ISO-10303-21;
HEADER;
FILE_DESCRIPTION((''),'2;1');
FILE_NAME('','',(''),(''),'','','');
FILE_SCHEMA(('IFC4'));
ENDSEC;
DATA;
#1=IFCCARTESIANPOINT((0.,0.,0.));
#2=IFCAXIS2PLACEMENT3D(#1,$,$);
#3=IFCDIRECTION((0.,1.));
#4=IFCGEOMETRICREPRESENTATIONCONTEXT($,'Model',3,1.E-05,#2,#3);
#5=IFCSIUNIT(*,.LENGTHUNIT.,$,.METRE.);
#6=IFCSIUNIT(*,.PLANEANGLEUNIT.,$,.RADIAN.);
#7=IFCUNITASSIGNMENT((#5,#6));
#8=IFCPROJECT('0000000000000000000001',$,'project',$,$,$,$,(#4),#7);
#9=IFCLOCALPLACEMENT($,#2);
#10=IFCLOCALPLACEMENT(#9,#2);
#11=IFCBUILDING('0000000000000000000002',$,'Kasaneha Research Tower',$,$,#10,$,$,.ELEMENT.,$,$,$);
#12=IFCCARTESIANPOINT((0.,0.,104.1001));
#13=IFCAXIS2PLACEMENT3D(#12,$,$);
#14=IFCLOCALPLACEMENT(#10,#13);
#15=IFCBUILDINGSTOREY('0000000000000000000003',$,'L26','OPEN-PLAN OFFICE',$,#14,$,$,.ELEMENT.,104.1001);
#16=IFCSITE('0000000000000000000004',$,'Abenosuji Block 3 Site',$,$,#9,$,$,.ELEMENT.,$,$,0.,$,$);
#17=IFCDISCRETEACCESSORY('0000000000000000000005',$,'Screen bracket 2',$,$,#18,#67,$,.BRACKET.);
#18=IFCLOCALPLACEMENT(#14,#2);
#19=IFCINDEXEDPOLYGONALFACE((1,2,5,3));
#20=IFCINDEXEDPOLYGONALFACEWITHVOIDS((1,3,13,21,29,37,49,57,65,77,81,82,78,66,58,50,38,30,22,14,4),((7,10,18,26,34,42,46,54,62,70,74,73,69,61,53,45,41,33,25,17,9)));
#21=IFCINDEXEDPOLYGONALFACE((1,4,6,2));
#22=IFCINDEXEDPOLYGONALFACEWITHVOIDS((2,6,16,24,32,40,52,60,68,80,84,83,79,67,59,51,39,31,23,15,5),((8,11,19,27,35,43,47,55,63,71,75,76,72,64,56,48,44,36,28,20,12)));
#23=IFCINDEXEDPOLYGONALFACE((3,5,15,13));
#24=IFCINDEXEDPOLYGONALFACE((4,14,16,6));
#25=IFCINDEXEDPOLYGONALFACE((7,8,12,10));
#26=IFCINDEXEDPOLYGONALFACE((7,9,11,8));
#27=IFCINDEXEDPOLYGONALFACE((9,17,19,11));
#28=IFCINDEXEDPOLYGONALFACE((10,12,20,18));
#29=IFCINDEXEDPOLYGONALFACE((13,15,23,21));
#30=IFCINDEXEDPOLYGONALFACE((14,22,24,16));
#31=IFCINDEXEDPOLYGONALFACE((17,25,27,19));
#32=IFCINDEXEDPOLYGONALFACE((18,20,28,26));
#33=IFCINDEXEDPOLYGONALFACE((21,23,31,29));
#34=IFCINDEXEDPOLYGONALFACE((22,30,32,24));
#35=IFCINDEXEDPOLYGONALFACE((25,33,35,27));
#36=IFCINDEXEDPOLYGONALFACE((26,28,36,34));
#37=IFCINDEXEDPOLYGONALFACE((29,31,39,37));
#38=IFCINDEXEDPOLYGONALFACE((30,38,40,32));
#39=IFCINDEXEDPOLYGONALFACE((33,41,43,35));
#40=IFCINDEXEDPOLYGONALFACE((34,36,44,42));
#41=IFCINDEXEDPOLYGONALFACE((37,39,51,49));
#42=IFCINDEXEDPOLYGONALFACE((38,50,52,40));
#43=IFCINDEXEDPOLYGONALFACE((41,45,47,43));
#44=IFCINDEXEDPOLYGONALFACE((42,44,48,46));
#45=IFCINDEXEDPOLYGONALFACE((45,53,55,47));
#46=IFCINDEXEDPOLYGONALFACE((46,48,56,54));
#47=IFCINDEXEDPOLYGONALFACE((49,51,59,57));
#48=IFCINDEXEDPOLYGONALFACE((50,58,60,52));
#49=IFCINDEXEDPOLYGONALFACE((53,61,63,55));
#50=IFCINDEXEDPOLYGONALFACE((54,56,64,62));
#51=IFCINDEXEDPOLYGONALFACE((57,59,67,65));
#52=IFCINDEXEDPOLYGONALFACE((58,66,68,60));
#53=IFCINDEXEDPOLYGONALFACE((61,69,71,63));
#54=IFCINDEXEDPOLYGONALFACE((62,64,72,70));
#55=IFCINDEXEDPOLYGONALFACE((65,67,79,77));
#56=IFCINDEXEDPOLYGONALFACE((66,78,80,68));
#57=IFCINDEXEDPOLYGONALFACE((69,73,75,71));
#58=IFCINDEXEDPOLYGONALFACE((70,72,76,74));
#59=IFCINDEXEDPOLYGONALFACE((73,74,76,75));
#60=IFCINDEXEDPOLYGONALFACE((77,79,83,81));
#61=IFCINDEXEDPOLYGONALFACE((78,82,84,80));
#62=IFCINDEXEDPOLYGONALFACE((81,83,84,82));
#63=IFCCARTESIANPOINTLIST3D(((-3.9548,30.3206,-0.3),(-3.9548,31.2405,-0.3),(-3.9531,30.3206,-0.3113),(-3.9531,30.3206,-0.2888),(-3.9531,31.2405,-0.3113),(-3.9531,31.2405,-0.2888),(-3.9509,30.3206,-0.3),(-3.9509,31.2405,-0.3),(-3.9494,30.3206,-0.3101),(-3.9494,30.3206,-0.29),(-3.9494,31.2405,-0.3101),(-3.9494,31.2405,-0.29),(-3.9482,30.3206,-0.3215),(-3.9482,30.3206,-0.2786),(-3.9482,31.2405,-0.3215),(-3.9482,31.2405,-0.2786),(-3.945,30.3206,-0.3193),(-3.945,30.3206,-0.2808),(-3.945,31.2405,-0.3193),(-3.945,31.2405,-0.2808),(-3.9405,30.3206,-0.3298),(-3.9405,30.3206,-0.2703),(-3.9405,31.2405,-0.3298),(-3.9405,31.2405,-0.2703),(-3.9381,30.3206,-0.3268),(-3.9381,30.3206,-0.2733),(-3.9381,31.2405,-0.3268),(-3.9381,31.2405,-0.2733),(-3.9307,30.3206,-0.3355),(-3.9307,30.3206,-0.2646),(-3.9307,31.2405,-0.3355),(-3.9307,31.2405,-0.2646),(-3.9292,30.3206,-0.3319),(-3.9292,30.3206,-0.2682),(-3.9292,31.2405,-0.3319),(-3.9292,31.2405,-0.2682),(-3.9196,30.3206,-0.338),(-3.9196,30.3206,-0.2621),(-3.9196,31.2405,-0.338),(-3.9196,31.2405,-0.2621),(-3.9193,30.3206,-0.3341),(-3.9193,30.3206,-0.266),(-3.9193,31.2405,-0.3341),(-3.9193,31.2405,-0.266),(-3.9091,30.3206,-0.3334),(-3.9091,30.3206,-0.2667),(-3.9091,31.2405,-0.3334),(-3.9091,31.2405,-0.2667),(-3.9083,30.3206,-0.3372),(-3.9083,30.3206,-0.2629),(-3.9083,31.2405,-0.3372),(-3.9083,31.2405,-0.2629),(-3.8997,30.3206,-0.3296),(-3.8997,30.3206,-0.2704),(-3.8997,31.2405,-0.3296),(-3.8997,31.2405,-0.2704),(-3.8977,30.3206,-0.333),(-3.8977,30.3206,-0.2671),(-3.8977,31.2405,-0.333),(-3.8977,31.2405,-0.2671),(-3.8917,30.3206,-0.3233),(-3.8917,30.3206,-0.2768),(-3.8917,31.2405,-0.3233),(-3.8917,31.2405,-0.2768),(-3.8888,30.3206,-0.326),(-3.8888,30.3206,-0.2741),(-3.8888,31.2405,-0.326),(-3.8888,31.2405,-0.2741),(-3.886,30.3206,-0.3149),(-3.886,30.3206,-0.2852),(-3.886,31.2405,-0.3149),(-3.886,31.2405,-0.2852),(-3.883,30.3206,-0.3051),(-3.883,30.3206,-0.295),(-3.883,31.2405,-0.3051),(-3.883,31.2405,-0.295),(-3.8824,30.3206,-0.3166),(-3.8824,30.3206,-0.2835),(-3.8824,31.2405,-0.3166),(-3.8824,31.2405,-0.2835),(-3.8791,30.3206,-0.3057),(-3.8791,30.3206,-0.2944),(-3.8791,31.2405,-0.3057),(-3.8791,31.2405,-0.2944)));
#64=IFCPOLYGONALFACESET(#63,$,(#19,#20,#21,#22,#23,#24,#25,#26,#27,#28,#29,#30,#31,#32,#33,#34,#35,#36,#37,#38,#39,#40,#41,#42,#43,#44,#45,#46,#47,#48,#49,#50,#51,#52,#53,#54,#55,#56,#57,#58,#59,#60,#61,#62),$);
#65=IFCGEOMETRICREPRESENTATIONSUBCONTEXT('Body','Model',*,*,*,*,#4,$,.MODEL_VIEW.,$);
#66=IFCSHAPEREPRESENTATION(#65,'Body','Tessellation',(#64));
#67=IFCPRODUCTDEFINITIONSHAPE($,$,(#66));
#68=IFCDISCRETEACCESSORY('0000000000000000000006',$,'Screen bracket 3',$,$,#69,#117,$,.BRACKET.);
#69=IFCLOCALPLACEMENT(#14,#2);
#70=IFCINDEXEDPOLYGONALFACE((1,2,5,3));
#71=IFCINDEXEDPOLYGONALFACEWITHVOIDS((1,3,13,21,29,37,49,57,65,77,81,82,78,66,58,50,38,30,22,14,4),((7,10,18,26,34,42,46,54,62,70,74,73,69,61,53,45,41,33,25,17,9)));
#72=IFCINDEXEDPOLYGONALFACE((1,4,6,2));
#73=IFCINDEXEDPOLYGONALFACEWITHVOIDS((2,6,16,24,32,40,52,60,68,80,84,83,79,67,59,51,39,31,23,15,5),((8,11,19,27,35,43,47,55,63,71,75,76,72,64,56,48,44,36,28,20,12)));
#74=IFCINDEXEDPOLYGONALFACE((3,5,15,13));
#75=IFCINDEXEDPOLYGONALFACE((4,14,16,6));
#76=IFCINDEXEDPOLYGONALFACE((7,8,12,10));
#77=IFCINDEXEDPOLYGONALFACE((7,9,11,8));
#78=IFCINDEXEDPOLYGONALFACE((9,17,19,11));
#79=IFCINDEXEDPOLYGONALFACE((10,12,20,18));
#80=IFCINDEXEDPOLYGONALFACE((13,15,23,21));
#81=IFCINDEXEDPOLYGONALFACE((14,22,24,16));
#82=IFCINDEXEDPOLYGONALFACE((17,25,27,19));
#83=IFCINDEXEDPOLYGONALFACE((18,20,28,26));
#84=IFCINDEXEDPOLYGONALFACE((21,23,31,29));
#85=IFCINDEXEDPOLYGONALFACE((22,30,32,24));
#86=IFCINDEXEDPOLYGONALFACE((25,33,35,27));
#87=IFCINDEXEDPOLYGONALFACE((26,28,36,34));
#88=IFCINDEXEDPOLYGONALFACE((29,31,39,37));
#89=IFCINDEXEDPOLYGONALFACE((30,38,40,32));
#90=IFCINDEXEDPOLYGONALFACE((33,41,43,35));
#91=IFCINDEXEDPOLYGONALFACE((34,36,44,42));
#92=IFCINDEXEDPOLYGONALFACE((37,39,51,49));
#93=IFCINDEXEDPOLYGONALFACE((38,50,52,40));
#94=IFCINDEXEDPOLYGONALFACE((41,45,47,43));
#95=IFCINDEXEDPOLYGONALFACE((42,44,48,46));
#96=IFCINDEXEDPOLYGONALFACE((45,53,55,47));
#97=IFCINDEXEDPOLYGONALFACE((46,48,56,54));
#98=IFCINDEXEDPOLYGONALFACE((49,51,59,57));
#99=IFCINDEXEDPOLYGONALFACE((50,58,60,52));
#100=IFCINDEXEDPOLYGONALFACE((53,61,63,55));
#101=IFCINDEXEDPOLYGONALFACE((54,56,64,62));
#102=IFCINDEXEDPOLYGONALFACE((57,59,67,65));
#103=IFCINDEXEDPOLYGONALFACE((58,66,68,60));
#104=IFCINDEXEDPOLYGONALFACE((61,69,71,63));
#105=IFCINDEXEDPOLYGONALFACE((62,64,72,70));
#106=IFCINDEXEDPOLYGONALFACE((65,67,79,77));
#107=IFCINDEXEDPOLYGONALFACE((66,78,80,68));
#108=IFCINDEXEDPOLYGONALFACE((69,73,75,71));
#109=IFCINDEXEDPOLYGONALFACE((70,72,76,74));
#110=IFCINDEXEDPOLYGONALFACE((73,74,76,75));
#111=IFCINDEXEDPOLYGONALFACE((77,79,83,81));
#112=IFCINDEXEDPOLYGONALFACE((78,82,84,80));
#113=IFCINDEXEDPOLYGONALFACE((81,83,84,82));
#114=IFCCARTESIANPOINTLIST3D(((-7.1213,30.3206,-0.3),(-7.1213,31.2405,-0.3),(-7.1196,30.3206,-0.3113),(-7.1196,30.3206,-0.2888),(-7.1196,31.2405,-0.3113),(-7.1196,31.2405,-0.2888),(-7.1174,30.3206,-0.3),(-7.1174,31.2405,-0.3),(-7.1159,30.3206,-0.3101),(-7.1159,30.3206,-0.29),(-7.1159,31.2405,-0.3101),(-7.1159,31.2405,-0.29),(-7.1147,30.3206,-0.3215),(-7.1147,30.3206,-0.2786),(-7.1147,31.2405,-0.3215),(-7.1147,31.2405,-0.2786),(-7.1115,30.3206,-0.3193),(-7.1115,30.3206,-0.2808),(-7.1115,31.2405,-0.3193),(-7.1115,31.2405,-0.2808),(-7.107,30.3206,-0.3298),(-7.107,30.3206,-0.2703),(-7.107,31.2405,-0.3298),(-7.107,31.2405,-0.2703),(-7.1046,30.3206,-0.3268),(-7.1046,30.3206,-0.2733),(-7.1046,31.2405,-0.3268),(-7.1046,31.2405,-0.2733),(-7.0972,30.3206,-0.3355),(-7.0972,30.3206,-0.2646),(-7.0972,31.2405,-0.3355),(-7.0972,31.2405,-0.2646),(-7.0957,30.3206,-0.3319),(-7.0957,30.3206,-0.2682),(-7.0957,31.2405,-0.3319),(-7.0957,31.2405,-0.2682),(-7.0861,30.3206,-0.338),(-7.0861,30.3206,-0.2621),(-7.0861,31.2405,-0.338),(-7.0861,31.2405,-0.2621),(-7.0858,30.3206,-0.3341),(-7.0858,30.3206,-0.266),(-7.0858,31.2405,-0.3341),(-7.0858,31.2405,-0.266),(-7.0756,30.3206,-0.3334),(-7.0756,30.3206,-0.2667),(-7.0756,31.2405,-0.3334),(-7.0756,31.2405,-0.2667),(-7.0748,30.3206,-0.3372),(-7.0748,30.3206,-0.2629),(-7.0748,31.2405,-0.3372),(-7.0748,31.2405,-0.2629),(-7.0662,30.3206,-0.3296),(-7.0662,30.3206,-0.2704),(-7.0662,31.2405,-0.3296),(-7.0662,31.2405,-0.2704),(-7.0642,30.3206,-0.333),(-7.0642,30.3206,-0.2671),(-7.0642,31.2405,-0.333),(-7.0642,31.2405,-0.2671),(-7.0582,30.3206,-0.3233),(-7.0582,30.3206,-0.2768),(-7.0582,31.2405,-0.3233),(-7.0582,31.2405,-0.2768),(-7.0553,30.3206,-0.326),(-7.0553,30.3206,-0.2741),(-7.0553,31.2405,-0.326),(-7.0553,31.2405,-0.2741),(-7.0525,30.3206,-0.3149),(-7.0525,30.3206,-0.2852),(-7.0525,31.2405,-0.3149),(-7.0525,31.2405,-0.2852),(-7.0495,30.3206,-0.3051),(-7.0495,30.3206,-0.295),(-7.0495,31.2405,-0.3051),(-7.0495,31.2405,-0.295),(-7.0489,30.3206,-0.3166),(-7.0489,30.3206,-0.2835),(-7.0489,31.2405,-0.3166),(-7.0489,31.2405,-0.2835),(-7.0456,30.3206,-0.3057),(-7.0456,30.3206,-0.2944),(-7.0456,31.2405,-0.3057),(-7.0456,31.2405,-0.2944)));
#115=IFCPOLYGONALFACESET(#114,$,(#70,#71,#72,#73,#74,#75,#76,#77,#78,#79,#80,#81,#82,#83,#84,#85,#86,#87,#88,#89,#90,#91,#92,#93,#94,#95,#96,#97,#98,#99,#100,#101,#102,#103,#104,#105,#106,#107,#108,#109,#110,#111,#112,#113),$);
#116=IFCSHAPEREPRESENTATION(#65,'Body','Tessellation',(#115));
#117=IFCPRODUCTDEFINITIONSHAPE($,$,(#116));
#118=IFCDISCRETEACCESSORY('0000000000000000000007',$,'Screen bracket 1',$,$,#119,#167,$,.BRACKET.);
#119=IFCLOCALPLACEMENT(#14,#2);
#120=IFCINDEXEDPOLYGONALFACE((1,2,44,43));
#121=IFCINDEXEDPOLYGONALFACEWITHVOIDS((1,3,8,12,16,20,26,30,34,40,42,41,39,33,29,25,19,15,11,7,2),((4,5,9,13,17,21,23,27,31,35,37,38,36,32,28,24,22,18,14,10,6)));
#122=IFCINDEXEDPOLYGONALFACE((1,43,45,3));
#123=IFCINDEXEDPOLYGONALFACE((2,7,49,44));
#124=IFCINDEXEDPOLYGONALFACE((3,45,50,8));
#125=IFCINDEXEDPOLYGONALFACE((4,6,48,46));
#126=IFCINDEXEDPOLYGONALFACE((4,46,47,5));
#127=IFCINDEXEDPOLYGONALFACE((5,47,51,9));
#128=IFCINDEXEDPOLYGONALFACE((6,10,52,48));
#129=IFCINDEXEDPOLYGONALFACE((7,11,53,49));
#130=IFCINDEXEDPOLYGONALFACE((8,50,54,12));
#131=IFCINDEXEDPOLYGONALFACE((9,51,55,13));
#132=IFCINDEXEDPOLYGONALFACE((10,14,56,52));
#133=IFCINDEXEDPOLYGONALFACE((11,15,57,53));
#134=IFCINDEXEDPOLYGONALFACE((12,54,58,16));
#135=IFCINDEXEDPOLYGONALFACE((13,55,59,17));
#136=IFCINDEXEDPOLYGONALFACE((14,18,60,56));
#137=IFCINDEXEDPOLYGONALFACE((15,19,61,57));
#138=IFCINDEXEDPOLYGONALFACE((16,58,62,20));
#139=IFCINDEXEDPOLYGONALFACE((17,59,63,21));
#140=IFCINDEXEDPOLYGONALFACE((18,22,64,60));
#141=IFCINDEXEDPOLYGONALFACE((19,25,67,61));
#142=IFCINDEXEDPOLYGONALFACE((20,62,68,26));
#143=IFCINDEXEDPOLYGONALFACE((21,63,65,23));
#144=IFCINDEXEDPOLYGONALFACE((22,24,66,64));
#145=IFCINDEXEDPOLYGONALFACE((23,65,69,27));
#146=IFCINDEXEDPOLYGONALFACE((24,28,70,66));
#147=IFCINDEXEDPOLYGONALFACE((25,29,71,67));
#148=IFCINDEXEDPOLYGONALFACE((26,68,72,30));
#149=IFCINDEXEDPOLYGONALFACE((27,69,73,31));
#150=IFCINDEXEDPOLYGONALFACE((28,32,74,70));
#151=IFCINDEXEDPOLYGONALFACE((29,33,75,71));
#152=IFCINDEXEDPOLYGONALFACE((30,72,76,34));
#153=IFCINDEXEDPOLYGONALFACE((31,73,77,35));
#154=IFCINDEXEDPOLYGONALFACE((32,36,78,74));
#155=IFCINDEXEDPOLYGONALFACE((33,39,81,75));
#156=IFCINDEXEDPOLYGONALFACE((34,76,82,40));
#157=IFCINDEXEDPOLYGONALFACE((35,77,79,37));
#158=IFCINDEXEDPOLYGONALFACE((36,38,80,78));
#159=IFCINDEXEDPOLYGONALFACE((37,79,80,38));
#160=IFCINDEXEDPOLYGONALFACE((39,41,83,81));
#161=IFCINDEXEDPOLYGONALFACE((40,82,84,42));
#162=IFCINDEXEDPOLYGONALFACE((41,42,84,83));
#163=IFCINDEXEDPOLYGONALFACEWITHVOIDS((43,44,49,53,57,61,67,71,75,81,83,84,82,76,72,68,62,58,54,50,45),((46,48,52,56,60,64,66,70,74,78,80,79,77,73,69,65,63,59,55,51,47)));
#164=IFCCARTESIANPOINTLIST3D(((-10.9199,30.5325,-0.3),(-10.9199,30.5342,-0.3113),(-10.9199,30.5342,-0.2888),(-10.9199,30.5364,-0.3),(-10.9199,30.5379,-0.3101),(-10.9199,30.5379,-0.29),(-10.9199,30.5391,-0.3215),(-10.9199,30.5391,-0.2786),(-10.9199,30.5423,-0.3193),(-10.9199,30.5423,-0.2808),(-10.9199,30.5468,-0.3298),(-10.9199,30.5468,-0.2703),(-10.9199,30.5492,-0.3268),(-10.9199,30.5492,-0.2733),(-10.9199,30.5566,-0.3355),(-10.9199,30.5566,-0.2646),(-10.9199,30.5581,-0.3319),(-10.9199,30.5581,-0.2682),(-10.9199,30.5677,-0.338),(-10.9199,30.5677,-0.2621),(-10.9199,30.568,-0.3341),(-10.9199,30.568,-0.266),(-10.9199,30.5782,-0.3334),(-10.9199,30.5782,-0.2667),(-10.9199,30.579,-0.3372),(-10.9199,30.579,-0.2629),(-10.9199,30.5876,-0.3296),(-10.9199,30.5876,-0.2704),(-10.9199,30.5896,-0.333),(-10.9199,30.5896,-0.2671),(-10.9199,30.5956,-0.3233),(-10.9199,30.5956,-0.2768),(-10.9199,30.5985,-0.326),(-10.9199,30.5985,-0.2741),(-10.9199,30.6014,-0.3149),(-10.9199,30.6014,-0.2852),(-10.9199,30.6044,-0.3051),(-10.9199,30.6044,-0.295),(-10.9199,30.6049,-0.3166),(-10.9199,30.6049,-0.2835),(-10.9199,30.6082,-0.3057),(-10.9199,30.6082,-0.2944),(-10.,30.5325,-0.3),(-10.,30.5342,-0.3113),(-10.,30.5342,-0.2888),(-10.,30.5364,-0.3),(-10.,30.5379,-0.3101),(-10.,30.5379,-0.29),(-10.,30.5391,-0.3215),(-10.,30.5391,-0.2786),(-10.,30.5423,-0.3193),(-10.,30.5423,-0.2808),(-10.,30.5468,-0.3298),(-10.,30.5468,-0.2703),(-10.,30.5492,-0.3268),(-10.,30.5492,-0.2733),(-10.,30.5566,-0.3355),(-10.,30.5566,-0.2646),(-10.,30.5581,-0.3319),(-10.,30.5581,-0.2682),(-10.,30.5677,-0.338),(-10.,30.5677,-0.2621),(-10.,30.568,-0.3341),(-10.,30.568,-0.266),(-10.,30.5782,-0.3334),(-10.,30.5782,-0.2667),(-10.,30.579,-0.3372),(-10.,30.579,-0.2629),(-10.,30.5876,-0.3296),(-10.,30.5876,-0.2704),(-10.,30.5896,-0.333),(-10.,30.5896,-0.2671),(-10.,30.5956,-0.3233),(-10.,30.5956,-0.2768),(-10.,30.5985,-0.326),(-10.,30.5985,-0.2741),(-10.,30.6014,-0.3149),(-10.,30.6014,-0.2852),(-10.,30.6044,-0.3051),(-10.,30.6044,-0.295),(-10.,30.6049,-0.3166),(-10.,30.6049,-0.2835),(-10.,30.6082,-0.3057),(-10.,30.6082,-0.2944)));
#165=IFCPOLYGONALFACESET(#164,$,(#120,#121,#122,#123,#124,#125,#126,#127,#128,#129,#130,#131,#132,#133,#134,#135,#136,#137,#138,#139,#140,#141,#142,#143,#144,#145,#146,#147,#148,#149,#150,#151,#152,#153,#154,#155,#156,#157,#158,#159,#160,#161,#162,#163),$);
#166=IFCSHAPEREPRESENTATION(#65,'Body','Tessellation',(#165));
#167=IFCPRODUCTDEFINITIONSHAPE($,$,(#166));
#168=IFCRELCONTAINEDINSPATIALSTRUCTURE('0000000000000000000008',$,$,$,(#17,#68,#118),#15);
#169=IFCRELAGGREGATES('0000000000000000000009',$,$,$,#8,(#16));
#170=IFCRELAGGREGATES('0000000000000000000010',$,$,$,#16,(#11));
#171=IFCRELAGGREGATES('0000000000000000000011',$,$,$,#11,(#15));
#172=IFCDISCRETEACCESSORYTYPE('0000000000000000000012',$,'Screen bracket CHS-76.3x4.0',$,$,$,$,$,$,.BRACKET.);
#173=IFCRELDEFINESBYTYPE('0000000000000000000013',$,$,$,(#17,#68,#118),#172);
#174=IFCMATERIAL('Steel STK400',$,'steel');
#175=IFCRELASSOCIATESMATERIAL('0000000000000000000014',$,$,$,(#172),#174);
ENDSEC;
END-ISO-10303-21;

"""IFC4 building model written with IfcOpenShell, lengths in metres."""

from ifc_helpers import new_model, si_unit, direction, frame, origin, origin_2d, place, context, subcontext, project, spatial, hollow_circle, extrude, material, material_profile, profile_set, type_object, element, save


model = new_model("IFC4")

# Units and contexts
model_context = context("Model", 3, precision=1e-05, world=origin(), true_north=direction((0.0, 1.0)))
body_context = subcontext(model_context, "Body", "Model", "MODEL_VIEW")
ifc_project = project(units=[si_unit("LENGTHUNIT", "METRE"), si_unit("PLANEANGLEUNIT", "RADIAN")], contexts=[model_context])

# Site, building, storey
site_placement = place(None, origin())
site = spatial("IfcSite", under=ifc_project, at=site_placement, Name="Abenosuji Block 3 Site", CompositionType="ELEMENT", RefElevation=0.0)
building_placement = place(site_placement, origin())
building = spatial("IfcBuilding", under=site, at=building_placement, Name="Kasaneha Research Tower", CompositionType="ELEMENT")
storey_placement = place(building_placement, frame((0.0, 0.0, 104.1001)))
storey = spatial("IfcBuildingStorey", under=building, at=storey_placement, Name="L26", Description="OPEN-PLAN OFFICE", CompositionType="ELEMENT", Elevation=104.1001)

# Discrete accessories
ifc_material_1 = material(Name="Steel STK400", Category="steel")
ifc_material_profile_1 = material_profile(ifc_material_1, hollow_circle(Radius=0.0381, WallThickness=0.0039, at=origin_2d()), Name="CHS-76.3x4.0")
ifc_profile_set_1 = profile_set([ifc_material_profile_1], Name="Steel STK400")
discrete_accessory_type = type_object("IfcDiscreteAccessoryType", Name="Screen bracket CHS-76.3x4.0", PredefinedType="BRACKET", material=ifc_profile_set_1)
for number, where, z_axis, x_axis, name in (
    (1, (-3.9167, 30.3206, -0.3), (0.0, 1.0, 0.0), (-1.0, 0.0, 0.0), "Screen bracket 2"),
    (2, (-7.0833, 30.3206, -0.3), (0.0, 1.0, 0.0), (-1.0, 0.0, 0.0), "Screen bracket 3"),
    (3, (-10.0, 30.5706, -0.3), (-1.0, 0.0, 0.0), (0.0, -1.0, 0.0), "Screen bracket 1"),
):
    element("IfcDiscreteAccessory", number, at=place(storey_placement, frame(where, z_axis=z_axis, x_axis=x_axis)), inside=storey, type_object=discrete_accessory_type, Name=name, PredefinedType="BRACKET", context=body_context, shape_type="SweptSolid", body=[
        extrude(hollow_circle(Radius=0.0381, WallThickness=0.0039, at=origin_2d()), origin(), (0.0, 0.0, 1.0), 0.9199),
    ])

save(model, "model.ifc")
